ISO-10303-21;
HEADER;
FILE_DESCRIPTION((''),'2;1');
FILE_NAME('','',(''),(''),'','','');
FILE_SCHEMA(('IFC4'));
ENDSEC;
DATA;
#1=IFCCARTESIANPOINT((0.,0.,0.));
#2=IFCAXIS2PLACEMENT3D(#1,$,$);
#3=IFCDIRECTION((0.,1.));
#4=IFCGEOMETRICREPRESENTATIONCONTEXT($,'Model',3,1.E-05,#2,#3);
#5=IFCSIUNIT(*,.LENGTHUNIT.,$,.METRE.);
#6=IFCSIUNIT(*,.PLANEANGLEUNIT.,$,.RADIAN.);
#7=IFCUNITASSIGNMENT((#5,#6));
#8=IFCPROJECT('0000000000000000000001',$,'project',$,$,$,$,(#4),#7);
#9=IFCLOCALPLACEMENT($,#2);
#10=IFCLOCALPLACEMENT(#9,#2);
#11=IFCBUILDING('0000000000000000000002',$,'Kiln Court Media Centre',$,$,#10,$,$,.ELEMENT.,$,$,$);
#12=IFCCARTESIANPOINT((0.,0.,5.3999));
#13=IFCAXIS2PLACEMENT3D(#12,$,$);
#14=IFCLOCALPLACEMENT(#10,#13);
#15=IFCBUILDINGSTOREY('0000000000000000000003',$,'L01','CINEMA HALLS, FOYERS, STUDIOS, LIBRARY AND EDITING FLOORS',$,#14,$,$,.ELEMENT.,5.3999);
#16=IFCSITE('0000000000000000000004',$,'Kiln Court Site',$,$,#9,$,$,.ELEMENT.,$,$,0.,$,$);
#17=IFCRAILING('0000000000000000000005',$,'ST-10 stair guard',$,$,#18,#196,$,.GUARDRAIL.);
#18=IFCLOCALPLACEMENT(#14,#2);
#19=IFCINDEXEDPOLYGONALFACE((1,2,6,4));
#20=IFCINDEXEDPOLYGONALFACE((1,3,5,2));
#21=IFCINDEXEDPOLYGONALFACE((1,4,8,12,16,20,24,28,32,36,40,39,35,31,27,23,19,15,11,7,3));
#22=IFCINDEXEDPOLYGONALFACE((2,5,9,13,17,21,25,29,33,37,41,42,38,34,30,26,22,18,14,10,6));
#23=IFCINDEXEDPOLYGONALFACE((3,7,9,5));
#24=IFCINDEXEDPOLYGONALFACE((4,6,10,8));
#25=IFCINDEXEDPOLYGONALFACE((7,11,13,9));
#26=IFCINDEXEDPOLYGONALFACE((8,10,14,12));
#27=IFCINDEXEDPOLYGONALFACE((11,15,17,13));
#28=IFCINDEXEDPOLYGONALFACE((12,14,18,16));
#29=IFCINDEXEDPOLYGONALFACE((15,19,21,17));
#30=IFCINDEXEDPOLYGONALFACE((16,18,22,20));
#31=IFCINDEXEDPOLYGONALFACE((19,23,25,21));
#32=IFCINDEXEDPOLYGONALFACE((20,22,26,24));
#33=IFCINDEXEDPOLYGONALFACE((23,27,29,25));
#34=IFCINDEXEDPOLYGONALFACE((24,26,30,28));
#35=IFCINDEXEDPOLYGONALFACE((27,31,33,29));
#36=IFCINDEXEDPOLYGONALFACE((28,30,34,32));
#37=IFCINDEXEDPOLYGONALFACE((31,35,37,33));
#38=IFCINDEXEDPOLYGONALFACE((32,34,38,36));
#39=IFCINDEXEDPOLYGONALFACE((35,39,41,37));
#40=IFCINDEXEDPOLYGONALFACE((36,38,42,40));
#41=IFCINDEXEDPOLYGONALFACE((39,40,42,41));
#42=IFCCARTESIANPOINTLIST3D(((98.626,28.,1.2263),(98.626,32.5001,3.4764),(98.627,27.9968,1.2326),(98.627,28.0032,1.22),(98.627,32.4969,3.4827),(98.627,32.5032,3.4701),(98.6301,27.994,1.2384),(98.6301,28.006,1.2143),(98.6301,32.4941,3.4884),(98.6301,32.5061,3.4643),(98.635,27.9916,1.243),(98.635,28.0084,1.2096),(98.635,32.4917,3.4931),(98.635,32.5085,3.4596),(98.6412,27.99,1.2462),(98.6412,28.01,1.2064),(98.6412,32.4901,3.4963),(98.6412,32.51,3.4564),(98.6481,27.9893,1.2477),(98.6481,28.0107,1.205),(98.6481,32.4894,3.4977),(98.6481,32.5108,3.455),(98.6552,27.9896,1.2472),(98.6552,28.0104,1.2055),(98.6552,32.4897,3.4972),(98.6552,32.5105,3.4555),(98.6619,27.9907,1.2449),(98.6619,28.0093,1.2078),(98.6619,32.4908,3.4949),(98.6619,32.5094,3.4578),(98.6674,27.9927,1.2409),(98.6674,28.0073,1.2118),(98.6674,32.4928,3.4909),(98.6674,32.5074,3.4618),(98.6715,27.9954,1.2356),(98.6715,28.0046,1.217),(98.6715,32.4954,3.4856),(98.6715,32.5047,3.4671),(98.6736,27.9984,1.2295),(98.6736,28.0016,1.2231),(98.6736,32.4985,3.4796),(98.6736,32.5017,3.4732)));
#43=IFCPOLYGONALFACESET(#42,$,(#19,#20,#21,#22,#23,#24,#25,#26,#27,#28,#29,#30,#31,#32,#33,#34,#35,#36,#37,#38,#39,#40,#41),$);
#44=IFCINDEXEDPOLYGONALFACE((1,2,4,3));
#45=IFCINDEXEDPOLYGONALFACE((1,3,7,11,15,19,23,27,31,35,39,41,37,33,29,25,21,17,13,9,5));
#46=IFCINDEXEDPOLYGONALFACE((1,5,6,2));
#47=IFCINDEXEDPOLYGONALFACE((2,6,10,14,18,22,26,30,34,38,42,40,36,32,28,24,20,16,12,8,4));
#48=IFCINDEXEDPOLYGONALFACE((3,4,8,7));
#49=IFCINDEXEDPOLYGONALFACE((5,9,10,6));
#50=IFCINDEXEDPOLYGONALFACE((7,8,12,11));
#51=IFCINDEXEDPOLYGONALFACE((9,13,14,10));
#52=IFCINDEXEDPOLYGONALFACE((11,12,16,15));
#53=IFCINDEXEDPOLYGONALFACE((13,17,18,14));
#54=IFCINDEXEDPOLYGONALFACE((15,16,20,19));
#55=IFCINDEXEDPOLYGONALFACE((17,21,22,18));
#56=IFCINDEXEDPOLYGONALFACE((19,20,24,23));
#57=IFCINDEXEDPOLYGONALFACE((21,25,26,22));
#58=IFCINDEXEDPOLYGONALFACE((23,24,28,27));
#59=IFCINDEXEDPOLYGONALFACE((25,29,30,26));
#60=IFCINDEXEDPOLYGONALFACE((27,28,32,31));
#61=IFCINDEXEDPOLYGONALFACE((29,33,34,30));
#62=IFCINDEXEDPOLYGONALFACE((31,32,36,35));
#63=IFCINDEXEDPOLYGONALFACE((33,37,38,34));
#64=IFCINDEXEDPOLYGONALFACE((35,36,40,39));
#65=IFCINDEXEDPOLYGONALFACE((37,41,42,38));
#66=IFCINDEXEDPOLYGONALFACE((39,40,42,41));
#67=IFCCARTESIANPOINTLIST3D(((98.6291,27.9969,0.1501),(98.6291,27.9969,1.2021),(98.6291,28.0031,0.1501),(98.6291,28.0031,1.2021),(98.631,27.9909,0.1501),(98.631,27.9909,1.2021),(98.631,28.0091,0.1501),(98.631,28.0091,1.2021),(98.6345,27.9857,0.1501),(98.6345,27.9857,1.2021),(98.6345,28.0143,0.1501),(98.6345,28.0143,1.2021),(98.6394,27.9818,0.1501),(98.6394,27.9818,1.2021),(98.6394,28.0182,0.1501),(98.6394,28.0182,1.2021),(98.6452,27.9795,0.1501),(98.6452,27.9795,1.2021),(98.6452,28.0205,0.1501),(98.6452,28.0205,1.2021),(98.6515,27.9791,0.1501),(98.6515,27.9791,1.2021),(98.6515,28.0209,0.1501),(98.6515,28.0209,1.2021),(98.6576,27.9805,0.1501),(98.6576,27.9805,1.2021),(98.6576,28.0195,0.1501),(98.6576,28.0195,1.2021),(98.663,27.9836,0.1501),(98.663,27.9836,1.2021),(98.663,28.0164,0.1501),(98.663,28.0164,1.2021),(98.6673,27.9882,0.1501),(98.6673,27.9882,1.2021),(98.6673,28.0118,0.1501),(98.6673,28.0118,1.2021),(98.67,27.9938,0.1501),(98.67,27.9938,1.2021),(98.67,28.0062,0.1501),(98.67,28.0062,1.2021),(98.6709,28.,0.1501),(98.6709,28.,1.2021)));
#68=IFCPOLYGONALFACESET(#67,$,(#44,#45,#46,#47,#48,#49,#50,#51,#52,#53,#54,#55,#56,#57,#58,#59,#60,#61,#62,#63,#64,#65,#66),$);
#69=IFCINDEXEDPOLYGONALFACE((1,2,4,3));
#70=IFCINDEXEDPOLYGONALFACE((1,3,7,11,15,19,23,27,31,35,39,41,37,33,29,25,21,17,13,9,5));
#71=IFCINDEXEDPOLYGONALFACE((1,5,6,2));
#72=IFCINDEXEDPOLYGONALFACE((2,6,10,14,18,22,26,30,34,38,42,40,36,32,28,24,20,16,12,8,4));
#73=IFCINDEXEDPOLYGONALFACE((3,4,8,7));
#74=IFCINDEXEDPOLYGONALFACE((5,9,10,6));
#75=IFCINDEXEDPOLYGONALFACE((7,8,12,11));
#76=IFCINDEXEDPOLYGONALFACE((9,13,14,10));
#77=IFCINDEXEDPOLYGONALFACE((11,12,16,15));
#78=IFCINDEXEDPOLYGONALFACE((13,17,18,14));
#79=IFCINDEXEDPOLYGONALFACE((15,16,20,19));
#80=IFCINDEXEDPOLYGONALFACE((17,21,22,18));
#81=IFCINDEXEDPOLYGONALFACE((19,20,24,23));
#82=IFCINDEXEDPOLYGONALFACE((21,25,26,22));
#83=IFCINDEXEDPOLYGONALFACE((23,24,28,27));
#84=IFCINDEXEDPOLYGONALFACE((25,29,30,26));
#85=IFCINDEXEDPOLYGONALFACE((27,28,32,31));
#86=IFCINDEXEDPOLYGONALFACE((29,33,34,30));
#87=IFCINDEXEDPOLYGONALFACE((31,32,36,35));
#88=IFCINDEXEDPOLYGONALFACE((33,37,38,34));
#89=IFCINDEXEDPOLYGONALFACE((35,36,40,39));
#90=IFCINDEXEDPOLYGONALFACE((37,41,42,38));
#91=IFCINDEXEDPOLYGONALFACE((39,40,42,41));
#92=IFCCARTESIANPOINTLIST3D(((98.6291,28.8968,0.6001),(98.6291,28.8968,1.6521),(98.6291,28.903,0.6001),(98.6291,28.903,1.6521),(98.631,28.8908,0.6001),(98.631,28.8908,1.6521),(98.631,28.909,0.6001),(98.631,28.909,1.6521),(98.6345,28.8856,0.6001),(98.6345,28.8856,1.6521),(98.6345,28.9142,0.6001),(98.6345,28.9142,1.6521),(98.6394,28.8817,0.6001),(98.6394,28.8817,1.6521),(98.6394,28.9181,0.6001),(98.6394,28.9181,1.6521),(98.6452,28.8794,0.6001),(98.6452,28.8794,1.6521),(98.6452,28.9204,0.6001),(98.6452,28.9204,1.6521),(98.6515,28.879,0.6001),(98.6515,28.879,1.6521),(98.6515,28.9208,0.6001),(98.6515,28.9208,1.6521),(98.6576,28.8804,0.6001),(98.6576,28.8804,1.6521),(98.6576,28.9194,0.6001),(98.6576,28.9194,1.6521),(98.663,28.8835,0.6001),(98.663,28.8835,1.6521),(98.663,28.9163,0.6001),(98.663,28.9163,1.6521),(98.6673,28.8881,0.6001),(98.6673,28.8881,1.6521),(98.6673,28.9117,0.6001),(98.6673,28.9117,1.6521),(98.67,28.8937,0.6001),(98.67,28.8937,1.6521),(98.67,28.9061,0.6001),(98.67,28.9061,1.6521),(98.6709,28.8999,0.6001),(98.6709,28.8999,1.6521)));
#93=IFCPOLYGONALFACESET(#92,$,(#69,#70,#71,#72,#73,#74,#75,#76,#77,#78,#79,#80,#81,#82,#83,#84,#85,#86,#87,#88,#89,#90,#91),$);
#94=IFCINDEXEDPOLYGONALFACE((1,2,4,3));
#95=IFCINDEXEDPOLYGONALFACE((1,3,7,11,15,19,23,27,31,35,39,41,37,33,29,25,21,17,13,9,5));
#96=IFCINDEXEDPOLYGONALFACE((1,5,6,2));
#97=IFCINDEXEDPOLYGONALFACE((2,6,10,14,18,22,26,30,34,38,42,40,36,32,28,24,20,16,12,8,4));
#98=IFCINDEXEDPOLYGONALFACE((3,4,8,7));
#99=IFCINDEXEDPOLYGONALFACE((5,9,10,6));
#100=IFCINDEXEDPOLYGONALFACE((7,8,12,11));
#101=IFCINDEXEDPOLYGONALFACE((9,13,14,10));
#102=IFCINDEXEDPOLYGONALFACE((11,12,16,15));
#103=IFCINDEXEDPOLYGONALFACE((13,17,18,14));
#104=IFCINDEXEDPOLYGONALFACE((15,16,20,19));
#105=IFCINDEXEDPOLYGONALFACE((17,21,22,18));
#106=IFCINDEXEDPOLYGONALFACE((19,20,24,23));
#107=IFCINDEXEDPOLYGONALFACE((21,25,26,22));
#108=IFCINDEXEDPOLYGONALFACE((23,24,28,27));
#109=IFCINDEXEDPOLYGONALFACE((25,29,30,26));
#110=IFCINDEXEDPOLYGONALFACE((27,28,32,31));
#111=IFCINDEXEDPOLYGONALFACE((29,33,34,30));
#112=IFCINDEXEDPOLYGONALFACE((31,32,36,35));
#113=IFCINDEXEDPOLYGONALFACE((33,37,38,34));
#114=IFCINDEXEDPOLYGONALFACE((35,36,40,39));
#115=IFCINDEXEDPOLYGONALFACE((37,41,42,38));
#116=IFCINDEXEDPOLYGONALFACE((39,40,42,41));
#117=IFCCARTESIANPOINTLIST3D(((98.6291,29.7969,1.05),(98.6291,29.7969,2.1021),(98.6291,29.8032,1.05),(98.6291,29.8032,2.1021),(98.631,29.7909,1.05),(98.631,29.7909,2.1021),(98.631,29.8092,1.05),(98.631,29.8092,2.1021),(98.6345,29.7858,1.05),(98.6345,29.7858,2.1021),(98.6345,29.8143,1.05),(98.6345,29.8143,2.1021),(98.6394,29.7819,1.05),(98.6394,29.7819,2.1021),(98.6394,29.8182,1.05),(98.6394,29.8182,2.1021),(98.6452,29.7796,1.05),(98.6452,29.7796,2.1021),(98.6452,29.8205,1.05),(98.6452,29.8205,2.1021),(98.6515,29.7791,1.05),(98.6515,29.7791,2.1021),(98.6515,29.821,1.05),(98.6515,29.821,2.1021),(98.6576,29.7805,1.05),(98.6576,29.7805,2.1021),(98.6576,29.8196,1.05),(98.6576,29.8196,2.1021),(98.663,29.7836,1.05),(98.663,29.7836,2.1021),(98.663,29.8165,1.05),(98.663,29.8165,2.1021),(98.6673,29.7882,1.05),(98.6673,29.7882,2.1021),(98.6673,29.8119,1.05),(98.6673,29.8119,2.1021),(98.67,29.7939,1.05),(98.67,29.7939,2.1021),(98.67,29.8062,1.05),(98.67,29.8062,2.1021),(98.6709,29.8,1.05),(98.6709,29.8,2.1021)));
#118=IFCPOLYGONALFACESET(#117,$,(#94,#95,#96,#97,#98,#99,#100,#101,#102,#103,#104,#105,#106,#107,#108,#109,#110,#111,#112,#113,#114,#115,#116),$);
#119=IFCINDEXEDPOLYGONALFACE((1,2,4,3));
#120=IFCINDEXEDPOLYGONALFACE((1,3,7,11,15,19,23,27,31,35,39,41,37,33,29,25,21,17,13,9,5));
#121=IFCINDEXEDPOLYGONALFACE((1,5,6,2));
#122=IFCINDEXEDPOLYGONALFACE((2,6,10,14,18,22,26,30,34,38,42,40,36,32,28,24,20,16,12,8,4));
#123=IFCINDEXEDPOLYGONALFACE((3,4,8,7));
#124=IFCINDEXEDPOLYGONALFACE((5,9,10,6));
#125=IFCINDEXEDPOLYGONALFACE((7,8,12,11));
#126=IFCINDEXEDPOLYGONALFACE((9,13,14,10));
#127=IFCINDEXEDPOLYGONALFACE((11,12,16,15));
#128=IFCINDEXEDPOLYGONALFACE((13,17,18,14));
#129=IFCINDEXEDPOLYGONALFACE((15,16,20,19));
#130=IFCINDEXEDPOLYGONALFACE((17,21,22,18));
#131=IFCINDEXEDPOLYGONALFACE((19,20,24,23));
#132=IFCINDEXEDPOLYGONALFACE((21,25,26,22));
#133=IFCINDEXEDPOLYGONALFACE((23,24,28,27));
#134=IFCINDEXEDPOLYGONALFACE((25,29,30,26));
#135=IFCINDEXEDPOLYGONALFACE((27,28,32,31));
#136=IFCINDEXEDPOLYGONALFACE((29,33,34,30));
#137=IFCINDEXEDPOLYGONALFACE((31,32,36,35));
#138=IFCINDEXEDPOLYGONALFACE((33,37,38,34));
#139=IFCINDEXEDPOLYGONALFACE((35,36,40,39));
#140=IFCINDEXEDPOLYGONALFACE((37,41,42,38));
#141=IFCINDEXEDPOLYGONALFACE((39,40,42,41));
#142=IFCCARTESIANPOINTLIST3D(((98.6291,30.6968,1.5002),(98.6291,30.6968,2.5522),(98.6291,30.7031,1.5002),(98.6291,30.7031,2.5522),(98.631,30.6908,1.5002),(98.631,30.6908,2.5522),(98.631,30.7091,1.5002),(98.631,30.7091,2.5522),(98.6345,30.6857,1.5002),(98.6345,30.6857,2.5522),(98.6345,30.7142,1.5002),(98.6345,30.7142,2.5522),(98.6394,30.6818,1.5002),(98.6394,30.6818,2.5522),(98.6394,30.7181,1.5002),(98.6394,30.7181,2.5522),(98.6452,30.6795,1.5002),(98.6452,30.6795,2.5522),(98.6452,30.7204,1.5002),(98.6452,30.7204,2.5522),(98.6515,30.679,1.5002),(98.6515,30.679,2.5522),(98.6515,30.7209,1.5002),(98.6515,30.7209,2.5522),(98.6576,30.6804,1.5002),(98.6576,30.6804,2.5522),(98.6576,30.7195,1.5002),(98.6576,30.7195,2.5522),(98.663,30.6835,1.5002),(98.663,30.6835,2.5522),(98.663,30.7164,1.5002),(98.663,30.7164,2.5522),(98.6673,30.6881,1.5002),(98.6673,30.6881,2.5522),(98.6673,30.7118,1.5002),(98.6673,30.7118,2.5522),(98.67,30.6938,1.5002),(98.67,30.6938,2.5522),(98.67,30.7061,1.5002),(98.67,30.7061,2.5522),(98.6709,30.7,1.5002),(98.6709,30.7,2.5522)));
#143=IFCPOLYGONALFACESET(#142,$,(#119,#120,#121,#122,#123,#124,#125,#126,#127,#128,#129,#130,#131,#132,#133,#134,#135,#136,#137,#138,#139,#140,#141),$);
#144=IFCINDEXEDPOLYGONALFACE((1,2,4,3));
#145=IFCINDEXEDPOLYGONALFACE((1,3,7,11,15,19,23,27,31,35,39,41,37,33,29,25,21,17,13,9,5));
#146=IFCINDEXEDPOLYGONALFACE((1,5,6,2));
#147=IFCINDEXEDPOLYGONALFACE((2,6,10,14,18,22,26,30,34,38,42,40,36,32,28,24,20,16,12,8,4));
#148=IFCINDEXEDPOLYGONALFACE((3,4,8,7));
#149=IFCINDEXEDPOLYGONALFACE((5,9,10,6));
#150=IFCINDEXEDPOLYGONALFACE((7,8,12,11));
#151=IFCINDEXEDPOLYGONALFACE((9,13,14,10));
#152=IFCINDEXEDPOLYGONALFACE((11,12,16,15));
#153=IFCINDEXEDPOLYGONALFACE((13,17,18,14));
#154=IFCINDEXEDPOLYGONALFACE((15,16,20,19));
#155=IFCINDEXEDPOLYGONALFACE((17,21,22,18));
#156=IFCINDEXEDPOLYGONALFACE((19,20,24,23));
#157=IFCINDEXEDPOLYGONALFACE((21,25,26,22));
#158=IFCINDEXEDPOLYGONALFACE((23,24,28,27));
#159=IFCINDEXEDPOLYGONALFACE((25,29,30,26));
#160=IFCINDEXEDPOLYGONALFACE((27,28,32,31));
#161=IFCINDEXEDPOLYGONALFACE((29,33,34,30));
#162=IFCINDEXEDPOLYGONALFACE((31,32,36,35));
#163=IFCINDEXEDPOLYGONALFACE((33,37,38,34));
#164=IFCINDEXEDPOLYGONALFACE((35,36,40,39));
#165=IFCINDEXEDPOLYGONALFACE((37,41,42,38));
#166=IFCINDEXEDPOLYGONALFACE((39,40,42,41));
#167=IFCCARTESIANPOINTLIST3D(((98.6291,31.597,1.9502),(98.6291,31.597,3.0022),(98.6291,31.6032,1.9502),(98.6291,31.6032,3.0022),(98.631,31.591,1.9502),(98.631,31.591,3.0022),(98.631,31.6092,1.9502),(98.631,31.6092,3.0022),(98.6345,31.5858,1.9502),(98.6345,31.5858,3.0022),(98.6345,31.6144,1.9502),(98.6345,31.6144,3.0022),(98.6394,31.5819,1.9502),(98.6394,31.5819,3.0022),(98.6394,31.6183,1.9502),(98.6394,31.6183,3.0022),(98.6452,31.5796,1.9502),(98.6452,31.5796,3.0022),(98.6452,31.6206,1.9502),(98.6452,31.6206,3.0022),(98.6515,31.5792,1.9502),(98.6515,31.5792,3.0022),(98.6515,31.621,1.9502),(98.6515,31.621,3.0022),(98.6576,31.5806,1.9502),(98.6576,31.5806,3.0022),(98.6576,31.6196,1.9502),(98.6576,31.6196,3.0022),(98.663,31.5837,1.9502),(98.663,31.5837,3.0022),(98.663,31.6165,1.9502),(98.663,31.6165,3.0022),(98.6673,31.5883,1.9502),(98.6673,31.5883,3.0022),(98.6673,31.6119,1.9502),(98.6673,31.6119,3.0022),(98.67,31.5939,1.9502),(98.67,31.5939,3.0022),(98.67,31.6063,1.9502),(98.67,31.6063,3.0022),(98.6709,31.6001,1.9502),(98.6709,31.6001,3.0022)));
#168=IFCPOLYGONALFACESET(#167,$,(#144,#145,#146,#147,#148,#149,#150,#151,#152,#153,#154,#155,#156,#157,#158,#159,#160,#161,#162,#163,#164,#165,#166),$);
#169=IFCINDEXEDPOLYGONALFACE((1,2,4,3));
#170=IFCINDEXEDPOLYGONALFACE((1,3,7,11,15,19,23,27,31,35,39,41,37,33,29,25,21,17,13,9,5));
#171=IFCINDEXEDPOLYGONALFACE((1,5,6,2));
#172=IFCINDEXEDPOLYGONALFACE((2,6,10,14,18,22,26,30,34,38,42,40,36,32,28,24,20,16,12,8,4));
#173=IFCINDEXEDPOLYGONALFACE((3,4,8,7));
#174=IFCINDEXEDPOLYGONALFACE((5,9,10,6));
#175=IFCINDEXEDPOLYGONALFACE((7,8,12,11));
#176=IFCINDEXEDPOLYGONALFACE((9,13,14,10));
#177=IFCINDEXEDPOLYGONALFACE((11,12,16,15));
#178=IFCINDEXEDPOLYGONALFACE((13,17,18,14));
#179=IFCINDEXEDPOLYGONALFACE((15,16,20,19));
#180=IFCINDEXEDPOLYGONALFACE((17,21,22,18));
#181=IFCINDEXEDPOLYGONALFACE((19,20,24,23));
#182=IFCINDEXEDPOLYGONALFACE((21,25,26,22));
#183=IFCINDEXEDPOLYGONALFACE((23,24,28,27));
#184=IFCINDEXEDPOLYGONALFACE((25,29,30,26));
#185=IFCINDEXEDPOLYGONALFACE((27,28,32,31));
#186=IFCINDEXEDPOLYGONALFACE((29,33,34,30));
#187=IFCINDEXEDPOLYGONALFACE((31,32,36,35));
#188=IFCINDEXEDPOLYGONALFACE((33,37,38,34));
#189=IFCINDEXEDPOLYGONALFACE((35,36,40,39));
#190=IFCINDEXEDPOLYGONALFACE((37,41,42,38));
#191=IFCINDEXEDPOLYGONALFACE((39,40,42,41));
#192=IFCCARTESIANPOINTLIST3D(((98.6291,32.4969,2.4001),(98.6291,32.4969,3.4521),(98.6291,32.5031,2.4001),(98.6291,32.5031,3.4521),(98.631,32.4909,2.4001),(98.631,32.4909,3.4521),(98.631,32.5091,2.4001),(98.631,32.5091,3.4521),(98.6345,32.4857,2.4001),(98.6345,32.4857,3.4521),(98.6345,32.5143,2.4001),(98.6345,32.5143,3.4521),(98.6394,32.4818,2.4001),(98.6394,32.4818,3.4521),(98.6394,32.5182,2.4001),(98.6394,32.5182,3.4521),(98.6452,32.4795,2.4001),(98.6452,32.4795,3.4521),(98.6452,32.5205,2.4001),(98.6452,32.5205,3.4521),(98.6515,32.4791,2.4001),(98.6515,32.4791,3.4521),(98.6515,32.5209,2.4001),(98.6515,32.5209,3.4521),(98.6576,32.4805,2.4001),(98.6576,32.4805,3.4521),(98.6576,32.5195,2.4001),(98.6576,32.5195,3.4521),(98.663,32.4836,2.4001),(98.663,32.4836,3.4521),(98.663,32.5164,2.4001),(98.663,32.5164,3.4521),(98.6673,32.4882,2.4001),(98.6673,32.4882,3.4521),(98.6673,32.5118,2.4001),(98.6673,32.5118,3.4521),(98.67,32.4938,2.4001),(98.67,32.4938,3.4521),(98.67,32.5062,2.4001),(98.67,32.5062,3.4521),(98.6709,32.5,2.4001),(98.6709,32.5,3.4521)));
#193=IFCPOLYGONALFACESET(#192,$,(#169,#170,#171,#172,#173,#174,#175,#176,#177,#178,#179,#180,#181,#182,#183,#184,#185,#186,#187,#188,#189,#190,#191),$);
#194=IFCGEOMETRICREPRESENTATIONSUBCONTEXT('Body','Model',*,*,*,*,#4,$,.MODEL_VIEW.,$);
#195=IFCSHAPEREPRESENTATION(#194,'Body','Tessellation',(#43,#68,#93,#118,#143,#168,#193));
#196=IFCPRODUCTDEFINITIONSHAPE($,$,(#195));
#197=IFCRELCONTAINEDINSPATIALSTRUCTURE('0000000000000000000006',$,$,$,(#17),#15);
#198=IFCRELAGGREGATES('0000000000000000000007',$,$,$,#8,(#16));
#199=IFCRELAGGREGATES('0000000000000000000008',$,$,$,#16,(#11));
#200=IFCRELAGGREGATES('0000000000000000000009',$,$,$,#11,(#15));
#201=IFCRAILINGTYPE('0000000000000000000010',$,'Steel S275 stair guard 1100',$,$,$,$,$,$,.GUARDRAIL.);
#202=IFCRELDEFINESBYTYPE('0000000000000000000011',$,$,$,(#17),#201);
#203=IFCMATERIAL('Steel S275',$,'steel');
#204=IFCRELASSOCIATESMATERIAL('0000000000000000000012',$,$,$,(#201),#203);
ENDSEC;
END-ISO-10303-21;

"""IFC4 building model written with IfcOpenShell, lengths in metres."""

from ifc_helpers import new_model, si_unit, direction, frame, origin, origin_2d, place, context, subcontext, project, spatial, circle, extrude, material, type_object, element, save


model = new_model("IFC4")

# Units and contexts
model_context = context("Model", 3, precision=1e-05, world=origin(), true_north=direction((0.0, 1.0)))
body_context = subcontext(model_context, "Body", "Model", "MODEL_VIEW")
ifc_project = project(units=[si_unit("LENGTHUNIT", "METRE"), si_unit("PLANEANGLEUNIT", "RADIAN")], contexts=[model_context])

# Site, building, storey
site_placement = place(None, origin())
site = spatial("IfcSite", under=ifc_project, at=site_placement, Name="Kiln Court Site", CompositionType="ELEMENT", RefElevation=0.0)
building_placement = place(site_placement, origin())
building = spatial("IfcBuilding", under=site, at=building_placement, Name="Kiln Court Media Centre", CompositionType="ELEMENT")
storey_placement = place(building_placement, frame((0.0, 0.0, 5.3999)))
storey = spatial("IfcBuildingStorey", under=building, at=storey_placement, Name="L01", Description="CINEMA HALLS, FOYERS, STUDIOS, LIBRARY AND EDITING FLOORS", CompositionType="ELEMENT", Elevation=5.3999)

# Railing
ifc_material_1 = material(Name="Steel S275", Category="steel")
railing_type_1 = type_object("IfcRailingType", Name="Steel S275 stair guard 1100", PredefinedType="GUARDRAIL", material=ifc_material_1)
railing_1_placement = place(storey_placement, frame((98.6499, 28.0, 0.1501)))
element("IfcRailing", 1, at=railing_1_placement, inside=storey, type_object=railing_type_1, Name="ST-10 stair guard", PredefinedType="GUARDRAIL", context=body_context, shape_type="SweptSolid", body=[
    extrude(circle(Radius=0.0239, at=origin_2d()), frame((0.0, 0.0, 1.0762), z_axis=(0.0, 0.894427, 0.447214), x_axis=(-1.0, 0.0, 0.0)), (0.0, 0.0, 1.0), 5.0312),
    extrude(circle(Radius=0.021, at=origin_2d()), origin(), (0.0, 0.0, 1.0), 1.052),
    extrude(circle(Radius=0.021, at=origin_2d()), frame((0.0, 0.8999, 0.45)), (0.0, 0.0, 1.0), 1.052),
    extrude(circle(Radius=0.021, at=origin_2d()), frame((0.0, 1.8, 0.8999)), (0.0, 0.0, 1.0), 1.052),
    extrude(circle(Radius=0.021, at=origin_2d()), frame((0.0, 2.7, 1.3501)), (0.0, 0.0, 1.0), 1.052),
    extrude(circle(Radius=0.021, at=origin_2d()), frame((0.0, 3.6001, 1.8)), (0.0, 0.0, 1.0), 1.052),
    extrude(circle(Radius=0.021, at=origin_2d()), frame((0.0, 4.5, 2.25)), (0.0, 0.0, 1.0), 1.052),
])

save(model, "model.ifc")
